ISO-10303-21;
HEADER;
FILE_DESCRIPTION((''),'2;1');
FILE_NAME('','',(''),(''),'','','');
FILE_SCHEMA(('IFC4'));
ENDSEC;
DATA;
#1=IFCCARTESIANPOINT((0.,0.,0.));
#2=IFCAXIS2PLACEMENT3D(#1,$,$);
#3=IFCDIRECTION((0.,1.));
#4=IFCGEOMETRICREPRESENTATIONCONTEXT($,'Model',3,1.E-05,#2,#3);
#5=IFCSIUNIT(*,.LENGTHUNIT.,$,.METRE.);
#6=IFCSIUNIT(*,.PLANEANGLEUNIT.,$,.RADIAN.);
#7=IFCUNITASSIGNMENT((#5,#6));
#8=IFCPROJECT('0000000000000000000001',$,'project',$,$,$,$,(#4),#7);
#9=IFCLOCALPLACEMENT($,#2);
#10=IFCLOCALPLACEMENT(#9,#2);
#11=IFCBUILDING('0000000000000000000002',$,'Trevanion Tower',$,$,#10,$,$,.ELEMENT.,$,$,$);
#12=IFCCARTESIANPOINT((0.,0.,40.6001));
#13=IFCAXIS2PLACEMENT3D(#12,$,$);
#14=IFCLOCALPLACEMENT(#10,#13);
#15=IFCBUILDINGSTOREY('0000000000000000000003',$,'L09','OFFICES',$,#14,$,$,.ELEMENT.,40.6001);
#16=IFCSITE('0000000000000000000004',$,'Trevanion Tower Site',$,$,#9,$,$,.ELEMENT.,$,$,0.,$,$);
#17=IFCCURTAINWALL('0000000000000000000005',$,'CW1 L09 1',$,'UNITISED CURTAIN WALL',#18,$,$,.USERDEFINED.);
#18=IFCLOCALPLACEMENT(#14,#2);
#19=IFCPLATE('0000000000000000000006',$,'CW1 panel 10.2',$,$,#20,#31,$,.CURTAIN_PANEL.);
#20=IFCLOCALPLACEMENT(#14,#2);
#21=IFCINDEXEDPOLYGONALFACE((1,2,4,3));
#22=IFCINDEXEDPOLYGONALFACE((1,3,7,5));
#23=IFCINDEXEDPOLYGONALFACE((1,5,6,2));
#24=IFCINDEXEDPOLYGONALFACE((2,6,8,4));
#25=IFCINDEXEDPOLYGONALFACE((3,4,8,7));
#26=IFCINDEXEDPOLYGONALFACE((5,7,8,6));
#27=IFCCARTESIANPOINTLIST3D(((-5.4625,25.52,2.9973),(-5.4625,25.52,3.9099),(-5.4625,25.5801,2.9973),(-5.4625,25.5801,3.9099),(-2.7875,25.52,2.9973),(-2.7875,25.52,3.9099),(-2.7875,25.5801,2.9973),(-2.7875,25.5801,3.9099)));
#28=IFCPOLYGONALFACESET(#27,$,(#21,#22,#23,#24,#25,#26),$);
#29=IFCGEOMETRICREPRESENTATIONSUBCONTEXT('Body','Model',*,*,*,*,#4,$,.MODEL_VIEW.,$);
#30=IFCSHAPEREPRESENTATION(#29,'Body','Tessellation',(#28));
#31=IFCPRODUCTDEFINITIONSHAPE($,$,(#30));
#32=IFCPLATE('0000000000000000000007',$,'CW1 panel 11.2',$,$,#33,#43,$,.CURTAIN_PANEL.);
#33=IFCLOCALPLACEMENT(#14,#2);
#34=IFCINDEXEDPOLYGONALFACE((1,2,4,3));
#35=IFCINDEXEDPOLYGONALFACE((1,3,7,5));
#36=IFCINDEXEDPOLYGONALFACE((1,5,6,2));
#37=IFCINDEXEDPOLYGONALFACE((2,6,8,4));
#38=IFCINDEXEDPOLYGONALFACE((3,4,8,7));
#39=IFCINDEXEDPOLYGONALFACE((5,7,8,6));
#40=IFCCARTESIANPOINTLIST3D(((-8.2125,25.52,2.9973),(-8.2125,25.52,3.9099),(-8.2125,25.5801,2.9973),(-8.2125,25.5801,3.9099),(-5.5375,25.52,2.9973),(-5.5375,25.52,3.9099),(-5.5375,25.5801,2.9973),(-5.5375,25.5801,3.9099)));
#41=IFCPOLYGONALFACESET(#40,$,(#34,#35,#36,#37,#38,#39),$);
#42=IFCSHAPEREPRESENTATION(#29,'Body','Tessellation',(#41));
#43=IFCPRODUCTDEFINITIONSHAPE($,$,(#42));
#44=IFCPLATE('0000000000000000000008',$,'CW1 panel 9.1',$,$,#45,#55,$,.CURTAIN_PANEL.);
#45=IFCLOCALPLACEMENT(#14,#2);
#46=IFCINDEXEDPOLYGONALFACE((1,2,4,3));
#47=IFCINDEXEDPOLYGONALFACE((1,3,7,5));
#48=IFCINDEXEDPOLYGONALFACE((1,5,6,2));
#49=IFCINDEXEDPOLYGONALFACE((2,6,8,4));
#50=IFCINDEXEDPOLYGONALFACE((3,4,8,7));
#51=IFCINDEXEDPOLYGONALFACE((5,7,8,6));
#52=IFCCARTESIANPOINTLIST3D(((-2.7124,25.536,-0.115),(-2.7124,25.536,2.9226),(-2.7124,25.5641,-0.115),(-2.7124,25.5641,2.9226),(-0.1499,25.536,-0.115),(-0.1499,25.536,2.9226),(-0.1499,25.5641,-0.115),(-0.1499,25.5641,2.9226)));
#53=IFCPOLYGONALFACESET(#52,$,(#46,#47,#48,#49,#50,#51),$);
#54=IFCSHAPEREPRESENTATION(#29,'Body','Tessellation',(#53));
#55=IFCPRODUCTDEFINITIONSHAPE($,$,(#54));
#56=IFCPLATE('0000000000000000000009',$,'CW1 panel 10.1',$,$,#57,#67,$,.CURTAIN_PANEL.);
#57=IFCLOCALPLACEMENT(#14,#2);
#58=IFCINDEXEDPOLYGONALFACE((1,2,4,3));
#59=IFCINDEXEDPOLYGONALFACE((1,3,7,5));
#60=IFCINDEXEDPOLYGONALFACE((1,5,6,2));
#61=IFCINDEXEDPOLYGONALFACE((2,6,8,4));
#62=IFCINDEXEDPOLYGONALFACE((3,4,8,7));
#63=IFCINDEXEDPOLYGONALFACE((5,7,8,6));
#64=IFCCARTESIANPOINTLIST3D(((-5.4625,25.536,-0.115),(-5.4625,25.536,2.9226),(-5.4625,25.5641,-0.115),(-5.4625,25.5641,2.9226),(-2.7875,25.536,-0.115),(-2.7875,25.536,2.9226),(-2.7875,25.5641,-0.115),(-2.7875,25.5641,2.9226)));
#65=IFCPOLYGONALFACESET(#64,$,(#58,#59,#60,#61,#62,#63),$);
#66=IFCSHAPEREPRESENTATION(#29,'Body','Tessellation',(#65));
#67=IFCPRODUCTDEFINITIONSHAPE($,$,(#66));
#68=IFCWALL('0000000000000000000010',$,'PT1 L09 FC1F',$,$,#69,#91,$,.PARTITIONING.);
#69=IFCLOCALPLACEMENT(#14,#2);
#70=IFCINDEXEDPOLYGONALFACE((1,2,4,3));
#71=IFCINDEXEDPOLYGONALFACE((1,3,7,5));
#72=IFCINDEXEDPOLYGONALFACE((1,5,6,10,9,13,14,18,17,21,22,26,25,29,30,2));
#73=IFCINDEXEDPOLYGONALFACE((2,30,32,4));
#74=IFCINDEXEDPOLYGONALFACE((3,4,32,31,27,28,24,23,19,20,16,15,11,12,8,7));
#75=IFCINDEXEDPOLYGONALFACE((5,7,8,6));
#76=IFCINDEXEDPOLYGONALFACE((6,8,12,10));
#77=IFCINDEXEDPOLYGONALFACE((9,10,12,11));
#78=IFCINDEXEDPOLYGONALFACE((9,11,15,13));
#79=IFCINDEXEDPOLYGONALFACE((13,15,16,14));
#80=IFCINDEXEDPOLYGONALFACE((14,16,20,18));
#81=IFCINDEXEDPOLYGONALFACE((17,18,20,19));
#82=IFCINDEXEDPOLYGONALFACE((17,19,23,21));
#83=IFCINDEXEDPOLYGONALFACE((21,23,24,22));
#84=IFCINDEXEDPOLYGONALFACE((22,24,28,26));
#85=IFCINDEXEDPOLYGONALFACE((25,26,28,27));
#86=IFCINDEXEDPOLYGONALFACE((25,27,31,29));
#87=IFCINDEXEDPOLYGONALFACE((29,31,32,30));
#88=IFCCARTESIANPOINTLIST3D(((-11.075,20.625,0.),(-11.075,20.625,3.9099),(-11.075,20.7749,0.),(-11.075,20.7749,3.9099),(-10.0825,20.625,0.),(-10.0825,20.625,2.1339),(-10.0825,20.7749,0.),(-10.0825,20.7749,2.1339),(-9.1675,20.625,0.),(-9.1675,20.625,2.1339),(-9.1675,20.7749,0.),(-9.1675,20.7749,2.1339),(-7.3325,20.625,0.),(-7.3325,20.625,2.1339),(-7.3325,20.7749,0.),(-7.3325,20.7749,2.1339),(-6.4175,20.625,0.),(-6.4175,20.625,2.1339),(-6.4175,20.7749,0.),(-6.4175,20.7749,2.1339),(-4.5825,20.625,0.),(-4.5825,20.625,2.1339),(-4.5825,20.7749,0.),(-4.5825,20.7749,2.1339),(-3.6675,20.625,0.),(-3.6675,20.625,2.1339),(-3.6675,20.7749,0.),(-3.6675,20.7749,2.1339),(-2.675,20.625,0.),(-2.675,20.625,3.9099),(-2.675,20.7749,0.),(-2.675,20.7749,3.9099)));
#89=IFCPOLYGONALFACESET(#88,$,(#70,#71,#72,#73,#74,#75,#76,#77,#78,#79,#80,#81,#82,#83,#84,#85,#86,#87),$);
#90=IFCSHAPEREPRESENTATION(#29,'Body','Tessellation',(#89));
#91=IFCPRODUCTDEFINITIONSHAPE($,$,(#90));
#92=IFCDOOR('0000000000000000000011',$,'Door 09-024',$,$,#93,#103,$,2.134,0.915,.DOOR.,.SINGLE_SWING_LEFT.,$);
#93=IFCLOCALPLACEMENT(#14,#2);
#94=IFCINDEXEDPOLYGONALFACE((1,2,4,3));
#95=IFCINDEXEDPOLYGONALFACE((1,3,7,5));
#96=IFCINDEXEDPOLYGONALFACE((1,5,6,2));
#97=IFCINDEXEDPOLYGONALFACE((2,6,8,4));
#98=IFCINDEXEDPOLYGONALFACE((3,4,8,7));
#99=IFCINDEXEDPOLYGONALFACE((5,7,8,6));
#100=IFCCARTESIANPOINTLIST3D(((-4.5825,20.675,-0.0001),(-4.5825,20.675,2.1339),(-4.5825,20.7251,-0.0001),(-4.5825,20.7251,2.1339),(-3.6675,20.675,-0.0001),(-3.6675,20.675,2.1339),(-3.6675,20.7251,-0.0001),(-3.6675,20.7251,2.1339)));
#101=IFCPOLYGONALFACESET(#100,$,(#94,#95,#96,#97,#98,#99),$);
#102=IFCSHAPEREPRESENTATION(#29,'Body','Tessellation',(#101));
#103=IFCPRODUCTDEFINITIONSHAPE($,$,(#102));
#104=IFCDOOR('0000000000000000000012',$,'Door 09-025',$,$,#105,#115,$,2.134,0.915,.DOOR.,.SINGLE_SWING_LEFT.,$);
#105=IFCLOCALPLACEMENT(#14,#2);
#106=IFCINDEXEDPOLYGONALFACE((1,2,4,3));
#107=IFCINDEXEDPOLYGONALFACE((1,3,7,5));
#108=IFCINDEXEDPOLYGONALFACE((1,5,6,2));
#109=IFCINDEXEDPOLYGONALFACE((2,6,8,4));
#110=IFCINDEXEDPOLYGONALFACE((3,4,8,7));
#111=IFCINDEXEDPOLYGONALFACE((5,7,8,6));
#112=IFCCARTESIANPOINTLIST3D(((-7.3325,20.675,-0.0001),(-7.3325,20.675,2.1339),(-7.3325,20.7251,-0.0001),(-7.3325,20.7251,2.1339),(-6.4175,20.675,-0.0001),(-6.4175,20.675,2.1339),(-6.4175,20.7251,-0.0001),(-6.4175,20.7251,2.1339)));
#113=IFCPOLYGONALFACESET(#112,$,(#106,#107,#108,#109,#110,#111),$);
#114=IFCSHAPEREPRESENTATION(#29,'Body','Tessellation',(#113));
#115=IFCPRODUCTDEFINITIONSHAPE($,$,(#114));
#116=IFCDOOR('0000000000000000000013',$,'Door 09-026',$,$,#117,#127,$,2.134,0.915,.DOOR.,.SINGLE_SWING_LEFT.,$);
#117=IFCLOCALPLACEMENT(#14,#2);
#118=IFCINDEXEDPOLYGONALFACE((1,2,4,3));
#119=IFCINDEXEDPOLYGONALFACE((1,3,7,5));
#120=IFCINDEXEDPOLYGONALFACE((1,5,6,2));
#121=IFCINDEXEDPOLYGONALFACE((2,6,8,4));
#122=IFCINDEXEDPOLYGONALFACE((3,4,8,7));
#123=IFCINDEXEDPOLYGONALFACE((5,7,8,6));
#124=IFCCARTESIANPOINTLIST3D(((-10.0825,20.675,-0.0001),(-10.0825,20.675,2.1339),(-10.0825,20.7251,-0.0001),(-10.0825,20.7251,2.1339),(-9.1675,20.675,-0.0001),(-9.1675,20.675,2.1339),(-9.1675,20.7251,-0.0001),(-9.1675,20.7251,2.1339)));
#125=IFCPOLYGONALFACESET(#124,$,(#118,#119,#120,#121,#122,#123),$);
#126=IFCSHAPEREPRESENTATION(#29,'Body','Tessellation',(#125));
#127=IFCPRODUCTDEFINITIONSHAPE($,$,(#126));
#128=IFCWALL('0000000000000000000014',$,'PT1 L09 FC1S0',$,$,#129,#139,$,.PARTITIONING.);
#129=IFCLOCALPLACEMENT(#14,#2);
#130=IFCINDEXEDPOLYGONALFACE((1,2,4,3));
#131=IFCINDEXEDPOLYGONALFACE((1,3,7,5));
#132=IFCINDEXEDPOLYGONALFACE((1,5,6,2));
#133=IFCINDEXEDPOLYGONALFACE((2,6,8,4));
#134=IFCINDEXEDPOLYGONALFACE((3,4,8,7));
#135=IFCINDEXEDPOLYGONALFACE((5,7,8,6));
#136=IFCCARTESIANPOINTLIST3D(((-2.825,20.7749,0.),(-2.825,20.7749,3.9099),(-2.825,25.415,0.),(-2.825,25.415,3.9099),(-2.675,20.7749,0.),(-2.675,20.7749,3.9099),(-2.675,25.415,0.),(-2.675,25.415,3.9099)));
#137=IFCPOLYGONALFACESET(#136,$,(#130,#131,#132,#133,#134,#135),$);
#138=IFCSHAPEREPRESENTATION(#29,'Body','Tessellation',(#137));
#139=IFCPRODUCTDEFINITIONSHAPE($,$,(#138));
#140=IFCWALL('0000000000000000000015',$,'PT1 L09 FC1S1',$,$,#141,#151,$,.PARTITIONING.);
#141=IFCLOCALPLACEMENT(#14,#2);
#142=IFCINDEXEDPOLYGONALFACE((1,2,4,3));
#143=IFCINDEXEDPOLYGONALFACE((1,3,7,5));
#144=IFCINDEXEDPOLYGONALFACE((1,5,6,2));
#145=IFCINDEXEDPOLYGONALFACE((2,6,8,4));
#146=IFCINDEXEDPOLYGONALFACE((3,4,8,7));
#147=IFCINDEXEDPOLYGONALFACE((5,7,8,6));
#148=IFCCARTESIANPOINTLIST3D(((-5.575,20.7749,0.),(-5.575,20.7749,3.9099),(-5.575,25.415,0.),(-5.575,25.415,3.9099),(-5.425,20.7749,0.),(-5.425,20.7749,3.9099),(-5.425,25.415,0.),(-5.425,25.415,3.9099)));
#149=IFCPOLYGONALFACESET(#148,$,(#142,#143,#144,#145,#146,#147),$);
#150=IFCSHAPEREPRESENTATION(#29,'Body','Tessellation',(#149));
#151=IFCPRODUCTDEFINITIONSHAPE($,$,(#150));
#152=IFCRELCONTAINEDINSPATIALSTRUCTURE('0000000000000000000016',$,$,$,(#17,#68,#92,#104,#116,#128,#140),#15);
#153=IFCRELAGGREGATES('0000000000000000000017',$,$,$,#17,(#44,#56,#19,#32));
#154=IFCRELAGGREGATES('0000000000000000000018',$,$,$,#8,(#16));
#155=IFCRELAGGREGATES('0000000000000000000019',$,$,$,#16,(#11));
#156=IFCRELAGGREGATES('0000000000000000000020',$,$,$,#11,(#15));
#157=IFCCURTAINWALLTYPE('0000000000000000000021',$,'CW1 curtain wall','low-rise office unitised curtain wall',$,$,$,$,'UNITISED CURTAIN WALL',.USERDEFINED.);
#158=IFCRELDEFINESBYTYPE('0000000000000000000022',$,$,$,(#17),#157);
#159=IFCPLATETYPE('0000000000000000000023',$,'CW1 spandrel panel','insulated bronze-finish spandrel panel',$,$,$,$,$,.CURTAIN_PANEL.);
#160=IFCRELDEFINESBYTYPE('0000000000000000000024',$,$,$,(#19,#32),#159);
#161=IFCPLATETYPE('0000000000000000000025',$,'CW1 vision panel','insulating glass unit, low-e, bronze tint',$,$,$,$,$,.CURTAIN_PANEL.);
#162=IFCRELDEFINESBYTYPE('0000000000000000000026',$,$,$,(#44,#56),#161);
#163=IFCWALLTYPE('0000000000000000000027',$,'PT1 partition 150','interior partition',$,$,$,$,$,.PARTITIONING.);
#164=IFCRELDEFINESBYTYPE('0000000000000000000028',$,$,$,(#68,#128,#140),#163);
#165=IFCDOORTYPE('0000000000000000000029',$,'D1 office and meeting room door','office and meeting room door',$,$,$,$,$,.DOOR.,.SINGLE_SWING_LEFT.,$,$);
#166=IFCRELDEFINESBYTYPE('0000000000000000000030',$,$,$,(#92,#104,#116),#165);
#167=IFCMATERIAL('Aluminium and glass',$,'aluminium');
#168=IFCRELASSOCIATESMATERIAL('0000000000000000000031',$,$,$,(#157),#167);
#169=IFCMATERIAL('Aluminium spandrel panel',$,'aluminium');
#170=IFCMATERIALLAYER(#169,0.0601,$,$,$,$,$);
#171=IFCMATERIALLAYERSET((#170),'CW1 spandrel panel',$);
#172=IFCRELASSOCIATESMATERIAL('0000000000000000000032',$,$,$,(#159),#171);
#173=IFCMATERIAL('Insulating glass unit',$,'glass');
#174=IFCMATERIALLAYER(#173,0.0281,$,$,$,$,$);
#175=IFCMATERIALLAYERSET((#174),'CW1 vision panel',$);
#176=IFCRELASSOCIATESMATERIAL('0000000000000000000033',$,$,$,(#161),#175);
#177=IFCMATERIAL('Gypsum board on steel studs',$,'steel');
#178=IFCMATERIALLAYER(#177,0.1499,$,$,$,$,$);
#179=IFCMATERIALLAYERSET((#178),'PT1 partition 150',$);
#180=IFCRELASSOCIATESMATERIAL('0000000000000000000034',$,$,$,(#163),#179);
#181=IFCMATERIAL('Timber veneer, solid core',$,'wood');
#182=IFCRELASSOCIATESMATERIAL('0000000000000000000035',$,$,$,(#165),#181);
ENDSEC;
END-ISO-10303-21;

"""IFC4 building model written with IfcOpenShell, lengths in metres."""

from ifc_helpers import new_model, si_unit, direction, frame, frame_2d, origin, origin_2d, place, context, subcontext, project, spatial, rectangle, extrude, material, layer, layer_set, type_object, element, fill, aggregate, save


model = new_model("IFC4")

# Units and contexts
model_context = context("Model", 3, precision=1e-05, world=origin(), true_north=direction((0.0, 1.0)))
body_context = subcontext(model_context, "Body", "Model", "MODEL_VIEW")
ifc_project = project(units=[si_unit("LENGTHUNIT", "METRE"), si_unit("PLANEANGLEUNIT", "RADIAN")], contexts=[model_context])

# Site, building, storey
site_placement = place(None, origin())
site = spatial("IfcSite", under=ifc_project, at=site_placement, Name="Trevanion Tower Site", CompositionType="ELEMENT", RefElevation=0.0)
building_placement = place(site_placement, origin())
building = spatial("IfcBuilding", under=site, at=building_placement, Name="Trevanion Tower", CompositionType="ELEMENT")
storey_placement = place(building_placement, frame((0.0, 0.0, 40.6001)))
storey = spatial("IfcBuildingStorey", under=building, at=storey_placement, Name="L09", Description="OFFICES", CompositionType="ELEMENT", Elevation=40.6001)

# Curtain wall
ifc_material_1 = material(Name="Aluminium and glass", Category="aluminium")
curtain_wall_type = type_object("IfcCurtainWallType", Name="CW1 curtain wall", Description="low-rise office unitised curtain wall", ElementType="UNITISED CURTAIN WALL", PredefinedType="USERDEFINED", material=ifc_material_1)
curtain_wall_placement = place(storey_placement, origin())
curtain_wall = element("IfcCurtainWall", 1, at=curtain_wall_placement, inside=storey, type_object=curtain_wall_type, Name="CW1 L09 1", ObjectType="UNITISED CURTAIN WALL", PredefinedType="USERDEFINED")

# Plates
ifc_material_2 = material(Name="Aluminium spandrel panel", Category="aluminium")
ifc_layer_1 = layer(ifc_material_2, 0.0601)
ifc_layer_set_1 = layer_set([ifc_layer_1], Name="CW1 spandrel panel")
plate_type_1 = type_object("IfcPlateType", Name="CW1 spandrel panel", Description="insulated bronze-finish spandrel panel", PredefinedType="CURTAIN_PANEL", material=ifc_layer_set_1)
plate_1_placement = place(storey_placement, frame((-4.125, 25.55, 2.9973), z_axis=(0.0, 0.0, 1.0), x_axis=(-1.0, 0.0, 0.0)))
plate_1 = element("IfcPlate", 2, at=plate_1_placement, type_object=plate_type_1, Name="CW1 panel 10.2", PredefinedType="CURTAIN_PANEL", context=body_context, shape_type="SweptSolid", body=[
    extrude(rectangle(XDim=2.675, YDim=0.0601, at=origin_2d()), origin(), (0.0, 0.0, 1.0), 0.9126),
])
plate_2_placement = place(storey_placement, frame((-6.875, 25.55, 2.9973), z_axis=(0.0, 0.0, 1.0), x_axis=(-1.0, 0.0, 0.0)))
plate_2 = element("IfcPlate", 3, at=plate_2_placement, type_object=plate_type_1, Name="CW1 panel 11.2", PredefinedType="CURTAIN_PANEL", context=body_context, shape_type="SweptSolid", body=[
    extrude(rectangle(XDim=2.675, YDim=0.0601, at=origin_2d()), origin(), (0.0, 0.0, 1.0), 0.9126),
])
ifc_material_3 = material(Name="Insulating glass unit", Category="glass")
ifc_layer_2 = layer(ifc_material_3, 0.0281)
ifc_layer_set_2 = layer_set([ifc_layer_2], Name="CW1 vision panel")
plate_type_2 = type_object("IfcPlateType", Name="CW1 vision panel", Description="insulating glass unit, low-e, bronze tint", PredefinedType="CURTAIN_PANEL", material=ifc_layer_set_2)
plate_3_placement = place(storey_placement, frame((-1.4312, 25.55, -0.115), z_axis=(0.0, 0.0, 1.0), x_axis=(-1.0, 0.0, 0.0)))
plate_3 = element("IfcPlate", 4, at=plate_3_placement, type_object=plate_type_2, Name="CW1 panel 9.1", PredefinedType="CURTAIN_PANEL", context=body_context, shape_type="SweptSolid", body=[
    extrude(rectangle(XDim=2.5625, YDim=0.0281, at=origin_2d()), origin(), (0.0, 0.0, 1.0), 3.0376),
])
plate_4_placement = place(storey_placement, frame((-4.125, 25.55, -0.115), z_axis=(0.0, 0.0, 1.0), x_axis=(-1.0, 0.0, 0.0)))
plate_4 = element("IfcPlate", 5, at=plate_4_placement, type_object=plate_type_2, Name="CW1 panel 10.1", PredefinedType="CURTAIN_PANEL", context=body_context, shape_type="SweptSolid", body=[
    extrude(rectangle(XDim=2.675, YDim=0.0281, at=origin_2d()), origin(), (0.0, 0.0, 1.0), 3.0376),
])
aggregate(curtain_wall, [plate_3, plate_4, plate_1, plate_2])

# Wall, openings, doors
ifc_material_4 = material(Name="Gypsum board on steel studs", Category="steel")
ifc_layer_3 = layer(ifc_material_4, 0.1499)
ifc_layer_set_3 = layer_set([ifc_layer_3], Name="PT1 partition 150")
wall_type = type_object("IfcWallType", Name="PT1 partition 150", Description="interior partition", PredefinedType="PARTITIONING", material=ifc_layer_set_3)
wall_placement = place(storey_placement, frame((-2.675, 20.7, 0.0), z_axis=(0.0, 0.0, 1.0), x_axis=(-1.0, 0.0, 0.0)))
wall = element("IfcWall", 6, at=wall_placement, inside=storey, type_object=wall_type, Name="PT1 L09 FC1F", PredefinedType="PARTITIONING", context=body_context, shape_type="SweptSolid", body=[
    extrude(rectangle(XDim=8.3999, YDim=0.1499, at=frame_2d((4.2, 0.0))), origin(), (0.0, 0.0, 1.0), 3.9099),
])
opening_1_placement = place(wall_placement, frame((0.9924, 0.0, 0.0)))
opening_1 = element("IfcOpeningElement", 7, at=opening_1_placement, cuts=wall, PredefinedType="OPENING", context=body_context, shape_type="SweptSolid", body=[
    extrude(rectangle(XDim=0.915, YDim=2.134, at=frame_2d((0.4575, 1.0669))), frame((0.0, 0.085, 0.0), z_axis=(0.0, -1.0, 0.0), x_axis=(1.0, 0.0, 0.0)), (0.0, 0.0, 1.0), 0.1699),
])
opening_2_placement = place(wall_placement, frame((3.7424, 0.0, 0.0)))
opening_2 = element("IfcOpeningElement", 8, at=opening_2_placement, cuts=wall, PredefinedType="OPENING", context=body_context, shape_type="SweptSolid", body=[
    extrude(rectangle(XDim=0.915, YDim=2.134, at=frame_2d((0.4575, 1.0669))), frame((0.0, 0.085, 0.0), z_axis=(0.0, -1.0, 0.0), x_axis=(1.0, 0.0, 0.0)), (0.0, 0.0, 1.0), 0.1699),
])
opening_3_placement = place(wall_placement, frame((6.4924, 0.0, 0.0)))
opening_3 = element("IfcOpeningElement", 9, at=opening_3_placement, cuts=wall, PredefinedType="OPENING", context=body_context, shape_type="SweptSolid", body=[
    extrude(rectangle(XDim=0.915, YDim=2.134, at=frame_2d((0.4575, 1.0669))), frame((0.0, 0.085, 0.0), z_axis=(0.0, -1.0, 0.0), x_axis=(1.0, 0.0, 0.0)), (0.0, 0.0, 1.0), 0.1699),
])
ifc_material_5 = material(Name="Timber veneer, solid core", Category="wood")
door_type = type_object("IfcDoorType", Name="D1 office and meeting room door", Description="office and meeting room door", OperationType="SINGLE_SWING_LEFT", PredefinedType="DOOR", material=ifc_material_5)
door_1_placement = place(opening_1_placement, origin())
door_1 = element("IfcDoor", 10, at=door_1_placement, inside=storey, type_object=door_type, Name="Door 09-024", OperationType="SINGLE_SWING_LEFT", OverallHeight=2.134, OverallWidth=0.915, PredefinedType="DOOR", context=body_context, shape_type="SweptSolid", body=[
    extrude(rectangle(XDim=0.915, YDim=2.134, at=frame_2d((0.4575, 1.0669))), frame((0.0, 0.0249, 0.0), z_axis=(0.0, -1.0, 0.0), x_axis=(1.0, 0.0, 0.0)), (0.0, 0.0, 1.0), 0.05),
])
fill(opening_1, door_1)
door_2_placement = place(opening_2_placement, origin())
door_2 = element("IfcDoor", 11, at=door_2_placement, inside=storey, type_object=door_type, Name="Door 09-025", OperationType="SINGLE_SWING_LEFT", OverallHeight=2.134, OverallWidth=0.915, PredefinedType="DOOR", context=body_context, shape_type="SweptSolid", body=[
    extrude(rectangle(XDim=0.915, YDim=2.134, at=frame_2d((0.4575, 1.0669))), frame((0.0, 0.0249, 0.0), z_axis=(0.0, -1.0, 0.0), x_axis=(1.0, 0.0, 0.0)), (0.0, 0.0, 1.0), 0.05),
])
fill(opening_2, door_2)
door_3_placement = place(opening_3_placement, origin())
door_3 = element("IfcDoor", 12, at=door_3_placement, inside=storey, type_object=door_type, Name="Door 09-026", OperationType="SINGLE_SWING_LEFT", OverallHeight=2.134, OverallWidth=0.915, PredefinedType="DOOR", context=body_context, shape_type="SweptSolid", body=[
    extrude(rectangle(XDim=0.915, YDim=2.134, at=frame_2d((0.4575, 1.0669))), frame((0.0, 0.0249, 0.0), z_axis=(0.0, -1.0, 0.0), x_axis=(1.0, 0.0, 0.0)), (0.0, 0.0, 1.0), 0.05),
])
fill(opening_3, door_3)

# Walls
for number, where, z_axis, x_axis, name in (
    (13, (-2.75, 20.7749, 0.0), (0.0, 0.0, 1.0), (0.0, 1.0, 0.0), "PT1 L09 FC1S0"),
    (14, (-5.5, 20.7749, 0.0), (0.0, 0.0, 1.0), (0.0, 1.0, 0.0), "PT1 L09 FC1S1"),
):
    element("IfcWall", number, at=place(storey_placement, frame(where, z_axis=z_axis, x_axis=x_axis)), inside=storey, type_object=wall_type, Name=name, PredefinedType="PARTITIONING", context=body_context, shape_type="SweptSolid", body=[
        extrude(rectangle(XDim=4.6401, YDim=0.1499, at=frame_2d((2.3201, 0.0))), origin(), (0.0, 0.0, 1.0), 3.9099),
    ])

save(model, "model.ifc")
